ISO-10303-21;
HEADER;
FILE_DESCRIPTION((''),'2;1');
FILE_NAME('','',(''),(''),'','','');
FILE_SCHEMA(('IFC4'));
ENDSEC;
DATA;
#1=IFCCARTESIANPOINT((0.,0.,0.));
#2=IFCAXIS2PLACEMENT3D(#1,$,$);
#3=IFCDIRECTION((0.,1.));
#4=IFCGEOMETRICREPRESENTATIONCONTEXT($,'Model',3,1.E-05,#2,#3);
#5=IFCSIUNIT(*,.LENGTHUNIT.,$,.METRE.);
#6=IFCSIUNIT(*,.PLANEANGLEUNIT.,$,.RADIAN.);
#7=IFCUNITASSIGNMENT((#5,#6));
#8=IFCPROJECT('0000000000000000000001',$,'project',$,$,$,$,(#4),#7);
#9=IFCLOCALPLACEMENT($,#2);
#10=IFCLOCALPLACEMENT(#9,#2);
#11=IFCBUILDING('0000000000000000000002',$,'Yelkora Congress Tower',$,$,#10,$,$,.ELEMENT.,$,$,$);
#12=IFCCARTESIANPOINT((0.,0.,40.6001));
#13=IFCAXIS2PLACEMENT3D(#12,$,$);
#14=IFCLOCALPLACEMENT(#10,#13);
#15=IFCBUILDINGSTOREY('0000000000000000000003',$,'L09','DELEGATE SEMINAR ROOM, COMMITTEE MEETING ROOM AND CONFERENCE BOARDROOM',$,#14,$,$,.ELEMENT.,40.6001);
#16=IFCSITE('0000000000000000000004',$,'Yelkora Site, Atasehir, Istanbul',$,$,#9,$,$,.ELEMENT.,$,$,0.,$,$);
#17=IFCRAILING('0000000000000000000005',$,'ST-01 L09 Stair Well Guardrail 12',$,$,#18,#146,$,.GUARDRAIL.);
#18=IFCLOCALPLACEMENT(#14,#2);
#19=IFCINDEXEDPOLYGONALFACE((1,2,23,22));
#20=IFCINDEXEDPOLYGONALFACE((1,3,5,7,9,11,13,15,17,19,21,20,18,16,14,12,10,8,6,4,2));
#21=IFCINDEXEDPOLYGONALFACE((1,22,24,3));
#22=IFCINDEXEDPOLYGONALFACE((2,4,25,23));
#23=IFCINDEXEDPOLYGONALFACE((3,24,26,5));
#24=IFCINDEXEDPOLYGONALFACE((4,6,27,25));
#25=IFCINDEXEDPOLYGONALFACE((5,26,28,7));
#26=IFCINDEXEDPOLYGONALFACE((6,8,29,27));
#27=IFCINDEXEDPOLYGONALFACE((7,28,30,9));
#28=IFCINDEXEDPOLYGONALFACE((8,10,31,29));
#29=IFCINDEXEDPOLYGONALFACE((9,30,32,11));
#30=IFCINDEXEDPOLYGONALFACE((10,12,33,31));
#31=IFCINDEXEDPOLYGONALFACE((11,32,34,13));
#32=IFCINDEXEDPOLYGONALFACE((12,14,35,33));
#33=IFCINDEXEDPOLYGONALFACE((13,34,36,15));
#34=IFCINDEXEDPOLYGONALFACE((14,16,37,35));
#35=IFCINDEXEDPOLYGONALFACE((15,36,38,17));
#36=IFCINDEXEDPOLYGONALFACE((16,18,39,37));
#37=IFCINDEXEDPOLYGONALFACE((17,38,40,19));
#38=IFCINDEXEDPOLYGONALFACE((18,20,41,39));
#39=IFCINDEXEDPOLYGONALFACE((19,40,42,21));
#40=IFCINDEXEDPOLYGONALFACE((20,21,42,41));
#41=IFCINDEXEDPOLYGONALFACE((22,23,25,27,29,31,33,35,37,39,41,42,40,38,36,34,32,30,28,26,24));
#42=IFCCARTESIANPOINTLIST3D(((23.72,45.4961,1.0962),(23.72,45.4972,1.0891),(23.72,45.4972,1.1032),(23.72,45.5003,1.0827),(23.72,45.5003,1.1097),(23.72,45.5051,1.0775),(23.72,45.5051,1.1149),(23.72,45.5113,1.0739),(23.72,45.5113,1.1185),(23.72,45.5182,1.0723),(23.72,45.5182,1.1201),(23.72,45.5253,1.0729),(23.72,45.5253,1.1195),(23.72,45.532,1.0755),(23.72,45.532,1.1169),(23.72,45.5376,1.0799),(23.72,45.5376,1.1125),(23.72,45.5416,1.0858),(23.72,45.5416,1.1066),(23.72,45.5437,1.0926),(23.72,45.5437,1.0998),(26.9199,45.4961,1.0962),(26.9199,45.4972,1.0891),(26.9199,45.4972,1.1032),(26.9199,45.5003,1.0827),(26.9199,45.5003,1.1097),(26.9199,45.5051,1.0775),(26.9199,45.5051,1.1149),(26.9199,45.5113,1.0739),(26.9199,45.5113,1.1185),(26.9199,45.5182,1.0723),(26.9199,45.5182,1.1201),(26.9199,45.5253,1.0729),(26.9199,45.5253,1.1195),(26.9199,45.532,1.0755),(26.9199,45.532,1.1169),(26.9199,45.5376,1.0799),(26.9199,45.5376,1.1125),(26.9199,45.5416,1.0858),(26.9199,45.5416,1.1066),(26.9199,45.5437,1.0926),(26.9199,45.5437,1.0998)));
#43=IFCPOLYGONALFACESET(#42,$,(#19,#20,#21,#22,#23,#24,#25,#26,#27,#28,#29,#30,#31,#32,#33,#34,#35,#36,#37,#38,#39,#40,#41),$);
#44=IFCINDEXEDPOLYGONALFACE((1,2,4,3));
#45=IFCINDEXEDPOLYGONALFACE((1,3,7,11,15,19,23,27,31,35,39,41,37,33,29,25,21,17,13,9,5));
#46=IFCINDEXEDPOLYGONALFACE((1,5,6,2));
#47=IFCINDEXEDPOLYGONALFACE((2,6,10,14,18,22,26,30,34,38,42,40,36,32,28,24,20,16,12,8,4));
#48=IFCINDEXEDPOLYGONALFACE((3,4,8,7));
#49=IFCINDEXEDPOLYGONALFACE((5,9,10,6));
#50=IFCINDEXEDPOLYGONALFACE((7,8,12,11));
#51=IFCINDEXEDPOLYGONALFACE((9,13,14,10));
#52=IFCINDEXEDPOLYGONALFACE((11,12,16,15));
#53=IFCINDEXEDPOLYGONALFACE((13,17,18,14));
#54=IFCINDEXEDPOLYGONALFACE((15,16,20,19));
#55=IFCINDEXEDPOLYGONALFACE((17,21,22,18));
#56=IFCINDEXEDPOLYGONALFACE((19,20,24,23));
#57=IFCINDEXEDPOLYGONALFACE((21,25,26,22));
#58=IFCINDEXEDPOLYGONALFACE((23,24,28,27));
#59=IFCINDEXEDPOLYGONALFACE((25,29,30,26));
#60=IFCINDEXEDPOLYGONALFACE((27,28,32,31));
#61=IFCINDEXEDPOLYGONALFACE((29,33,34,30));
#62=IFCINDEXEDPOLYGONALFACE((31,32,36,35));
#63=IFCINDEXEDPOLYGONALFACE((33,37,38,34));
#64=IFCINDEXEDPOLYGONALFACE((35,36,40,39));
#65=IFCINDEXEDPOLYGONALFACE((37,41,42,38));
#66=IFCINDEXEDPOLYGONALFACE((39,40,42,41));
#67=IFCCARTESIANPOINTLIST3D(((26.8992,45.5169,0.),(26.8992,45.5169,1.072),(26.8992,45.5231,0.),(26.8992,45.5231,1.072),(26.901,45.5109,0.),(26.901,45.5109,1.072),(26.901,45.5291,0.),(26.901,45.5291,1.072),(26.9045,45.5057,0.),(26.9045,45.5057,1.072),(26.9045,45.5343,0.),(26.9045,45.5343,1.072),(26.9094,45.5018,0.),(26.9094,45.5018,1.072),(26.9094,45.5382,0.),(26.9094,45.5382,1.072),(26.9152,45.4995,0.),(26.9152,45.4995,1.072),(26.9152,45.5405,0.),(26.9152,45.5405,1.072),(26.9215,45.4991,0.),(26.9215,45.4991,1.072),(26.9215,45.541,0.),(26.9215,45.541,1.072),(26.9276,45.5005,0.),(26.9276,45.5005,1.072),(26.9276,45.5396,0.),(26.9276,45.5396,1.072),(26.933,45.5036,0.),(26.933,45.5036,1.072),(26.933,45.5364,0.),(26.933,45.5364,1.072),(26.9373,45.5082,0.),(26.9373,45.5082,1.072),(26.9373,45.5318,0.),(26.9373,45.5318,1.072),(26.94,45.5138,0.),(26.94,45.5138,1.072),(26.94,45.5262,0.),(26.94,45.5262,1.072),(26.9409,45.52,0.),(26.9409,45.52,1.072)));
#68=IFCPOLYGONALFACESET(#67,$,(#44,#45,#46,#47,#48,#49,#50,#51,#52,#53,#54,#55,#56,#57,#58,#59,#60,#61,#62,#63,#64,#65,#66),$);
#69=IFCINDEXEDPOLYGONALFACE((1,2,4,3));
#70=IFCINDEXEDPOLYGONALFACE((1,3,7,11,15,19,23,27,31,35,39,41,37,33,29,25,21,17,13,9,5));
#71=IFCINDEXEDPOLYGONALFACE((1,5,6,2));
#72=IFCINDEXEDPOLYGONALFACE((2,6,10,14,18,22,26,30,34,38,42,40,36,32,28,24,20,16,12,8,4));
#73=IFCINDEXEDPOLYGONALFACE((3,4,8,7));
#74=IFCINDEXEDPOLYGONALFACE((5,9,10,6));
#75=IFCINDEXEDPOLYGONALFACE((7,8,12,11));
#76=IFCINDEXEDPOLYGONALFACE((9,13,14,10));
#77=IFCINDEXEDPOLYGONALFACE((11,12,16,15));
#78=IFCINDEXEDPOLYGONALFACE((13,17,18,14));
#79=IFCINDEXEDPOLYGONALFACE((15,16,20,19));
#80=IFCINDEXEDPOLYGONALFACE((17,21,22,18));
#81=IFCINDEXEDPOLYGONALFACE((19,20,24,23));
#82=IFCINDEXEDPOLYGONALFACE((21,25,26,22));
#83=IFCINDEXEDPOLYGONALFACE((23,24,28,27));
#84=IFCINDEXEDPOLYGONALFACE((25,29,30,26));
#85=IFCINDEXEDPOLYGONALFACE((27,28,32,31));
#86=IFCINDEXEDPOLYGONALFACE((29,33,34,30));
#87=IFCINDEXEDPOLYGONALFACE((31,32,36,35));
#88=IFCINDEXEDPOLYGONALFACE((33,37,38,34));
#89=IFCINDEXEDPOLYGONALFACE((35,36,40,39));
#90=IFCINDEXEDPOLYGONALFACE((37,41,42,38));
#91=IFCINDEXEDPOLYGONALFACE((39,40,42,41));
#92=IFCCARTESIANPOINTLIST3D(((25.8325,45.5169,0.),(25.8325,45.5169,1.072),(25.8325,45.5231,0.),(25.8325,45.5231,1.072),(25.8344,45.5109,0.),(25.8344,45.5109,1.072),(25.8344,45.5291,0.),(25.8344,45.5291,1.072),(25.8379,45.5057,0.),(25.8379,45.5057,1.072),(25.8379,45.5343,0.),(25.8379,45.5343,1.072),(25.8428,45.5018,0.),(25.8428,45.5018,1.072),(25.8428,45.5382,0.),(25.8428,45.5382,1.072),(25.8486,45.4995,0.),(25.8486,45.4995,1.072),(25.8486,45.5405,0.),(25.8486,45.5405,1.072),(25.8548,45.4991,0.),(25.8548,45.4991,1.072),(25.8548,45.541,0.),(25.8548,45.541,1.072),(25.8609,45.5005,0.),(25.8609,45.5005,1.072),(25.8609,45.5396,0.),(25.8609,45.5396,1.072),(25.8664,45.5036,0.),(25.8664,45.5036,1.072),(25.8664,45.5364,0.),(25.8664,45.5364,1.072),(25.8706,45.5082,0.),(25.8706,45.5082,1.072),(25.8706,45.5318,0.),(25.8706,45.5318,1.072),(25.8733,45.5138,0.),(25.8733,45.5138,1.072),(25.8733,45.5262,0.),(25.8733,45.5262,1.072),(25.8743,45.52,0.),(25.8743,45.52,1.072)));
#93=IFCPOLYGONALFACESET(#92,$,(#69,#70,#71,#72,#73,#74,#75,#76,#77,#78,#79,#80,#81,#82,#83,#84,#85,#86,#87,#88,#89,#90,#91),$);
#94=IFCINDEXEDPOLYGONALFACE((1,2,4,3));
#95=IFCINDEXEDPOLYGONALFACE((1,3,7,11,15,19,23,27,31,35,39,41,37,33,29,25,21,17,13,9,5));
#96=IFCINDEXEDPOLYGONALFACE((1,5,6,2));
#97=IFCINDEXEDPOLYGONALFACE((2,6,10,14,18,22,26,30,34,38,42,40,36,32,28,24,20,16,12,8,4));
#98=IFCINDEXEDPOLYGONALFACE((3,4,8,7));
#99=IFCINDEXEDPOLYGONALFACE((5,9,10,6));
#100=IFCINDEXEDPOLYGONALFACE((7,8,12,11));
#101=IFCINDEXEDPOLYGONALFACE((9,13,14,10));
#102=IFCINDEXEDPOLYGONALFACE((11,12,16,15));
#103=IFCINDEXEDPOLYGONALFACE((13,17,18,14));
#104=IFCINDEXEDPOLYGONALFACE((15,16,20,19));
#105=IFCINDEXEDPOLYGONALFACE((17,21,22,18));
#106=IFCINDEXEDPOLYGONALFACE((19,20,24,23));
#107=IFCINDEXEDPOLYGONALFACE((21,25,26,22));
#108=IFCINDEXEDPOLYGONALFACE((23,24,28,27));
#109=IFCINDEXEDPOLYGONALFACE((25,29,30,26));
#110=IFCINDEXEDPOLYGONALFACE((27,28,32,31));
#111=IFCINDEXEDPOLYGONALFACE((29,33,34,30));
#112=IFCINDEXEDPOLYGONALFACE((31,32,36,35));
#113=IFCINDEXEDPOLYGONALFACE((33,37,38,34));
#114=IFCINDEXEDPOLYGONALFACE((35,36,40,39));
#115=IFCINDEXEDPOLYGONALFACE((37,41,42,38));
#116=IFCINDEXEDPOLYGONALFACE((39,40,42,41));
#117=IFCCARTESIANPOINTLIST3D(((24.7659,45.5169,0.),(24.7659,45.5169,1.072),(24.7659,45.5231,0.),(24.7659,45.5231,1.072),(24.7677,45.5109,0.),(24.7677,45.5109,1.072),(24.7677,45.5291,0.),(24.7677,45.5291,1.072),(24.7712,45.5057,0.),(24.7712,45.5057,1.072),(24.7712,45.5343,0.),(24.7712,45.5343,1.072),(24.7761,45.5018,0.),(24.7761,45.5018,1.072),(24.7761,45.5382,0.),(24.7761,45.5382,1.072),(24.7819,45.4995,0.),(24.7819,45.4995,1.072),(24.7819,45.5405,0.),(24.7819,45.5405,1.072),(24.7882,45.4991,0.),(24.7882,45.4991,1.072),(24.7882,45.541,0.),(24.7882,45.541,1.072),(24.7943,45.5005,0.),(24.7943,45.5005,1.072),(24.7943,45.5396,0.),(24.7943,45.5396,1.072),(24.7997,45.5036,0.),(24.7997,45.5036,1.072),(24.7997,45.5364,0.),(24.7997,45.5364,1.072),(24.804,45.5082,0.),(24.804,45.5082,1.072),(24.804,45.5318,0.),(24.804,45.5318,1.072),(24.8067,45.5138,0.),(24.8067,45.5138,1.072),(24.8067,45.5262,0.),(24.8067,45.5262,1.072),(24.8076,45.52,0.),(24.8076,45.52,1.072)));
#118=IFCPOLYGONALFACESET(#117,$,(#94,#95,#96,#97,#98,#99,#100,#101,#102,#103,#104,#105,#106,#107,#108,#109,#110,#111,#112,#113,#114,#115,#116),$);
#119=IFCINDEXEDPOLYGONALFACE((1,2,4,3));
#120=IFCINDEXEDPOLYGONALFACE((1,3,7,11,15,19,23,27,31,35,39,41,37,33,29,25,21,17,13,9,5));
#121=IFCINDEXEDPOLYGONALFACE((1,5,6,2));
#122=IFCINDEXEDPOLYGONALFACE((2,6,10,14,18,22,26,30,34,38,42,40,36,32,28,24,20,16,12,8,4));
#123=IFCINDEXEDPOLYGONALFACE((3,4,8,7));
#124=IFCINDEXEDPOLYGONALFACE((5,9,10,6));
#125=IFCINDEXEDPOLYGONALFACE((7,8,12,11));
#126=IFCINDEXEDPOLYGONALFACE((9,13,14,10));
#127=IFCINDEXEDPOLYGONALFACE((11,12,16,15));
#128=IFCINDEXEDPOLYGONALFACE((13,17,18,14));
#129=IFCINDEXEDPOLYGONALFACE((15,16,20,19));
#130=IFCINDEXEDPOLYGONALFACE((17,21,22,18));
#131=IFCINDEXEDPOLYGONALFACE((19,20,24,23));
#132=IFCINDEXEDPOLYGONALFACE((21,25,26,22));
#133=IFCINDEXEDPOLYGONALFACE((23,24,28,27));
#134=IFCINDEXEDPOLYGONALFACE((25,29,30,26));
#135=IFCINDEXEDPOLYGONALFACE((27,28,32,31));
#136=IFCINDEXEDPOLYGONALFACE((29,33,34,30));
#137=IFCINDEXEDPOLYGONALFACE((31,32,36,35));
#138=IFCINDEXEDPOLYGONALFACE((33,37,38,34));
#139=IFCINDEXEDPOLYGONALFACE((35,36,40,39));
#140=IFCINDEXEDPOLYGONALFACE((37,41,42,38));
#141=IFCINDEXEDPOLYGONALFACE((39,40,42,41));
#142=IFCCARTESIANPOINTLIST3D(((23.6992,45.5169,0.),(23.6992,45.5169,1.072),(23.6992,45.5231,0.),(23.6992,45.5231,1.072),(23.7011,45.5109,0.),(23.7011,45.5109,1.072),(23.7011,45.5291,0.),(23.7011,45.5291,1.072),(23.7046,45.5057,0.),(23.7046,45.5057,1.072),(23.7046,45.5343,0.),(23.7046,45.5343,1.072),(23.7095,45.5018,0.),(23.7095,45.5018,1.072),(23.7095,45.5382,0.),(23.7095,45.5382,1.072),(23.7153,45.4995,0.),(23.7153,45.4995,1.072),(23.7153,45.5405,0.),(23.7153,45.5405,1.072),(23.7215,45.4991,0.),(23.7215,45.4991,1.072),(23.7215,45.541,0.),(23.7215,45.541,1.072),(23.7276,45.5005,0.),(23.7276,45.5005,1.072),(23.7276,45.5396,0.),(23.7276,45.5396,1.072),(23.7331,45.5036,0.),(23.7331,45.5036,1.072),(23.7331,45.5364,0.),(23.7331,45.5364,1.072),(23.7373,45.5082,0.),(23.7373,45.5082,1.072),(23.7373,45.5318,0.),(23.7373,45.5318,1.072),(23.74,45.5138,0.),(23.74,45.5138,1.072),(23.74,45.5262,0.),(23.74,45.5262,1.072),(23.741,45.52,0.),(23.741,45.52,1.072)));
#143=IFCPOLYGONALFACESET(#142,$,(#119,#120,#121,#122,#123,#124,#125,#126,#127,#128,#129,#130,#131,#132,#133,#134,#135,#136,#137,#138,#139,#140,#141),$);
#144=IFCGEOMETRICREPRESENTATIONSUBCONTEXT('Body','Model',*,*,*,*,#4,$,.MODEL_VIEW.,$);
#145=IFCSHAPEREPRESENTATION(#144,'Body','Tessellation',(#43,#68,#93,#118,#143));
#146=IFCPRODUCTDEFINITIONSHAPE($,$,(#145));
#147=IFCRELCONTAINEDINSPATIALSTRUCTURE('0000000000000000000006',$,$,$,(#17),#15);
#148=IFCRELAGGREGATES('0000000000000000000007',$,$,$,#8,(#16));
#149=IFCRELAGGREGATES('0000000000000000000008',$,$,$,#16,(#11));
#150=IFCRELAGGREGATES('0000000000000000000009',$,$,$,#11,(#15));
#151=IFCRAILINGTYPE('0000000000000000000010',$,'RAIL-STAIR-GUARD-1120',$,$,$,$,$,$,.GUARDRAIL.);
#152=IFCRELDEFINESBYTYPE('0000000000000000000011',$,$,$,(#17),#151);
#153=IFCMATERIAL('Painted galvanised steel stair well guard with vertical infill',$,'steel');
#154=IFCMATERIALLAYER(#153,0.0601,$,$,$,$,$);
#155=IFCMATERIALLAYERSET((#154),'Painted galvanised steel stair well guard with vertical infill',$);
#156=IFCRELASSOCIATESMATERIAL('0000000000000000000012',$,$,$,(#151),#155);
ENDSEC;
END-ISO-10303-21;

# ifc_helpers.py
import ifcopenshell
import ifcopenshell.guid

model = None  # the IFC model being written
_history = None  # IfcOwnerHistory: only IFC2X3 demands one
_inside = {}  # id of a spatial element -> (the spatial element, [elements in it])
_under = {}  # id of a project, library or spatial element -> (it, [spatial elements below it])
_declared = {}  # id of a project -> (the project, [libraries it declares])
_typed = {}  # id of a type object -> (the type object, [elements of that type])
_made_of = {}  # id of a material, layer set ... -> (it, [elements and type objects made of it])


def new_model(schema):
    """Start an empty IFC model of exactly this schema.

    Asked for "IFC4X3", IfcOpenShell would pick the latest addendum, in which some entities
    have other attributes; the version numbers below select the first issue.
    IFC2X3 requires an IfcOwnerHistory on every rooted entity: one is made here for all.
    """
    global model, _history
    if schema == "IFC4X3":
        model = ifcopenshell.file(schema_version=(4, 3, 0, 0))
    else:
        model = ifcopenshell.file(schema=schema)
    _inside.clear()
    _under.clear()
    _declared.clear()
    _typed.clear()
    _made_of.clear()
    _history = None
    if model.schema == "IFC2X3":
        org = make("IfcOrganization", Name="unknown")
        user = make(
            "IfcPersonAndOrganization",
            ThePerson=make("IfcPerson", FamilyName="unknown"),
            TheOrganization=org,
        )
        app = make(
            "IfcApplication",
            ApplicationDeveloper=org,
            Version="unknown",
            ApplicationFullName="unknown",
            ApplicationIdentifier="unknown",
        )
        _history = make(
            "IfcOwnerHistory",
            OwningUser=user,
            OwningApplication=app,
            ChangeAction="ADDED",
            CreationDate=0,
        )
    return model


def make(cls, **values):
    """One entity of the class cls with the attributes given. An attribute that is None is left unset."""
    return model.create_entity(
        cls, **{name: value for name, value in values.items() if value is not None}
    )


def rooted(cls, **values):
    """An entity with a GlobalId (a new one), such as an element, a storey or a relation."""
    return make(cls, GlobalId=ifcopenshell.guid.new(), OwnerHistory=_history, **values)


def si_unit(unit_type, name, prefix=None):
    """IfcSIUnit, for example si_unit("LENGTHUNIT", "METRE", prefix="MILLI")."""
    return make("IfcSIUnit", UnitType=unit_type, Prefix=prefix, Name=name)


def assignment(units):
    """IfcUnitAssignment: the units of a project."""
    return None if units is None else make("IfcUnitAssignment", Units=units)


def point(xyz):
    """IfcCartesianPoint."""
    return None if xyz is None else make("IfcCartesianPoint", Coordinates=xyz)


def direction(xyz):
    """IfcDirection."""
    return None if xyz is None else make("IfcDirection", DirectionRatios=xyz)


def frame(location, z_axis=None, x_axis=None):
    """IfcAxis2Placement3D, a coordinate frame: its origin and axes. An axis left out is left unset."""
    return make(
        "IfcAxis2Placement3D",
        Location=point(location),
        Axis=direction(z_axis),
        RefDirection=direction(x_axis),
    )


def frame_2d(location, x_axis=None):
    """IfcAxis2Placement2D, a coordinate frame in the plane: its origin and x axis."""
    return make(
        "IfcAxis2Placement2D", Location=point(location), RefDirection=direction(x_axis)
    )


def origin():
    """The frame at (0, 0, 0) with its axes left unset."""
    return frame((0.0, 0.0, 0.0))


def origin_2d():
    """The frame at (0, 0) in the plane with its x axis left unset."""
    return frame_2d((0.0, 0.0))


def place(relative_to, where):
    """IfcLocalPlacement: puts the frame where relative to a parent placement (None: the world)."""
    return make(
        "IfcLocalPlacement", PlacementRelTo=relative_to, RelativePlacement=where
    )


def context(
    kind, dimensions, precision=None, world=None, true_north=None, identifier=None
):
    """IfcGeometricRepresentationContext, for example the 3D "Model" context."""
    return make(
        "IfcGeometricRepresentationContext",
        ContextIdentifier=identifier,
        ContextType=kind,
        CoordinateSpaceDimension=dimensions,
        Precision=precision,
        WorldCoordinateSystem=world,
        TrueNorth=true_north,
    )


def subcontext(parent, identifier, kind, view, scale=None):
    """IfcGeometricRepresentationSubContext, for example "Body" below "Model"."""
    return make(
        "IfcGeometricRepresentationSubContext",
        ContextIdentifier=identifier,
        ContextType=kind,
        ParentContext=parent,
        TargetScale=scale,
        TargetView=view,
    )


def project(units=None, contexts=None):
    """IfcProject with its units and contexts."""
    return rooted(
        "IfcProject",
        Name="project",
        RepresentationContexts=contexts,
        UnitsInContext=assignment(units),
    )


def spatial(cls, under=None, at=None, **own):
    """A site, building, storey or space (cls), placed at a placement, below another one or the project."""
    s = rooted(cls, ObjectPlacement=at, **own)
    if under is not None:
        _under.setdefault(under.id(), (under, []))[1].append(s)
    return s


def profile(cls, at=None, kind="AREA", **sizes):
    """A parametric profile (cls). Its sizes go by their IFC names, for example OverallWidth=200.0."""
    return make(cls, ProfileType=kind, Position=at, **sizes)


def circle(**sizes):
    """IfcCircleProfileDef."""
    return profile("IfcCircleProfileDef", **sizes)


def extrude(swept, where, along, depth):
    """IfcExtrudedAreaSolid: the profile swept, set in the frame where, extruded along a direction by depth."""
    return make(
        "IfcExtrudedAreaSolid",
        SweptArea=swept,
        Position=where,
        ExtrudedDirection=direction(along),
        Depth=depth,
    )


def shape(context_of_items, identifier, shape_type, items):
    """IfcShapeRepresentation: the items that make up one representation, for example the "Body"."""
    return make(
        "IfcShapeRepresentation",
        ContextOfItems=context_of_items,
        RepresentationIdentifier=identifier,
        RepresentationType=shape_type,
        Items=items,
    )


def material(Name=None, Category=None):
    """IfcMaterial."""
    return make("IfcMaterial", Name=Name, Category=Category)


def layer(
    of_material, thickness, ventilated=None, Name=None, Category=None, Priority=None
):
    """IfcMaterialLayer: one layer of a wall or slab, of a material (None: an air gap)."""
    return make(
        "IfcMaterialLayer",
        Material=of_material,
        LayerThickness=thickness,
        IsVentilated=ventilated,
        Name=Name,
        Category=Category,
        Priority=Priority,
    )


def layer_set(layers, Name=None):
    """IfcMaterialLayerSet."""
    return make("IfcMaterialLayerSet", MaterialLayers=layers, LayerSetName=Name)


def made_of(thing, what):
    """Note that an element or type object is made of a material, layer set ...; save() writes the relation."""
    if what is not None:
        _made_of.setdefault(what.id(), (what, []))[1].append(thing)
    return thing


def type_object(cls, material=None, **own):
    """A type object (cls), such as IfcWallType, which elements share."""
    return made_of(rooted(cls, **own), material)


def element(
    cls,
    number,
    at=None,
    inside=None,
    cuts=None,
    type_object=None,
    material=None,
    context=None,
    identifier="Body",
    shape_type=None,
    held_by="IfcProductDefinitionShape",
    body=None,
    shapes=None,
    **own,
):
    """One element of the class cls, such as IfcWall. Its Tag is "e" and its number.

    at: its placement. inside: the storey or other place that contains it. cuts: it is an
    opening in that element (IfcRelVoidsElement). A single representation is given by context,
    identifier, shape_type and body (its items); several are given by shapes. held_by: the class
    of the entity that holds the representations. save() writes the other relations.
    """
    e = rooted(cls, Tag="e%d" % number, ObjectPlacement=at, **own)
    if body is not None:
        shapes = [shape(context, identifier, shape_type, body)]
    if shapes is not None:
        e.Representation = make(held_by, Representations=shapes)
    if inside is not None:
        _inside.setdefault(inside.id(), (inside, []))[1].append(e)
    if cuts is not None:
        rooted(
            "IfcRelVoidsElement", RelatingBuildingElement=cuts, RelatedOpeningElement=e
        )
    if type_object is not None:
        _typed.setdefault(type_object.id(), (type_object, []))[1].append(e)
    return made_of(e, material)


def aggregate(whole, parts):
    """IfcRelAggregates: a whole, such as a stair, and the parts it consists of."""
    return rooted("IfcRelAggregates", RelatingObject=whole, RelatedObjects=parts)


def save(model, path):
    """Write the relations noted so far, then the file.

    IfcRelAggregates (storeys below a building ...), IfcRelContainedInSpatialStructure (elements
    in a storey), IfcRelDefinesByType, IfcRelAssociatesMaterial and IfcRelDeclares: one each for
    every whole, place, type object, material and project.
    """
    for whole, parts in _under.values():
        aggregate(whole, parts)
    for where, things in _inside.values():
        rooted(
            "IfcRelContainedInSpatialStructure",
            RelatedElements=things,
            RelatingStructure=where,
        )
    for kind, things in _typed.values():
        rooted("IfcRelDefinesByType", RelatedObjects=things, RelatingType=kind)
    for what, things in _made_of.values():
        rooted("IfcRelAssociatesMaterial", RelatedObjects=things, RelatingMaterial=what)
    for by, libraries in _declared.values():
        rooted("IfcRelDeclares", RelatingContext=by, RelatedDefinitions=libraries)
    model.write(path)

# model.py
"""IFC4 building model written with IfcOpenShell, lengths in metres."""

from ifc_helpers import new_model, si_unit, direction, frame, origin, origin_2d, place, context, subcontext, project, spatial, circle, extrude, material, layer, layer_set, type_object, element, save


model = new_model("IFC4")

# Units and contexts
model_context = context("Model", 3, precision=1e-05, world=origin(), true_north=direction((0.0, 1.0)))
body_context = subcontext(model_context, "Body", "Model", "MODEL_VIEW")
ifc_project = project(units=[si_unit("LENGTHUNIT", "METRE"), si_unit("PLANEANGLEUNIT", "RADIAN")], contexts=[model_context])

# Site, building, storey
site_placement = place(None, origin())
site = spatial("IfcSite", under=ifc_project, at=site_placement, Name="Yelkora Site, Atasehir, Istanbul", CompositionType="ELEMENT", RefElevation=0.0)
building_placement = place(site_placement, origin())
building = spatial("IfcBuilding", under=site, at=building_placement, Name="Yelkora Congress Tower", CompositionType="ELEMENT")
storey_placement = place(building_placement, frame((0.0, 0.0, 40.6001)))
storey = spatial("IfcBuildingStorey", under=building, at=storey_placement, Name="L09", Description="DELEGATE SEMINAR ROOM, COMMITTEE MEETING ROOM AND CONFERENCE BOARDROOM", CompositionType="ELEMENT", Elevation=40.6001)

# Railing
ifc_material_1 = material(Name="Painted galvanised steel stair well guard with vertical infill", Category="steel")
ifc_layer_1 = layer(ifc_material_1, 0.0601)
ifc_layer_set_1 = layer_set([ifc_layer_1], Name="Painted galvanised steel stair well guard with vertical infill")
railing_type_1 = type_object("IfcRailingType", Name="RAIL-STAIR-GUARD-1120", PredefinedType="GUARDRAIL", material=ifc_layer_set_1)
railing_1_placement = place(storey_placement, frame((26.9199, 45.52, 0.0)))
element("IfcRailing", 1, at=railing_1_placement, inside=storey, type_object=railing_type_1, Name="ST-01 L09 Stair Well Guardrail 12", PredefinedType="GUARDRAIL", context=body_context, shape_type="SweptSolid", body=[
    extrude(circle(Radius=0.0239, at=origin_2d()), frame((0.0, 0.0, 1.0962), z_axis=(-1.0, 0.0, 0.0), x_axis=(0.0, -1.0, 0.0)), (0.0, 0.0, 1.0), 3.2),
    extrude(circle(Radius=0.021, at=origin_2d()), origin(), (0.0, 0.0, 1.0), 1.072),
    extrude(circle(Radius=0.021, at=origin_2d()), frame((-1.0667, 0.0, 0.0)), (0.0, 0.0, 1.0), 1.072),
    extrude(circle(Radius=0.021, at=origin_2d()), frame((-2.1333, 0.0, 0.0)), (0.0, 0.0, 1.0), 1.072),
    extrude(circle(Radius=0.021, at=origin_2d()), frame((-3.2, 0.0, 0.0)), (0.0, 0.0, 1.0), 1.072),
])

save(model, "model.ifc")
